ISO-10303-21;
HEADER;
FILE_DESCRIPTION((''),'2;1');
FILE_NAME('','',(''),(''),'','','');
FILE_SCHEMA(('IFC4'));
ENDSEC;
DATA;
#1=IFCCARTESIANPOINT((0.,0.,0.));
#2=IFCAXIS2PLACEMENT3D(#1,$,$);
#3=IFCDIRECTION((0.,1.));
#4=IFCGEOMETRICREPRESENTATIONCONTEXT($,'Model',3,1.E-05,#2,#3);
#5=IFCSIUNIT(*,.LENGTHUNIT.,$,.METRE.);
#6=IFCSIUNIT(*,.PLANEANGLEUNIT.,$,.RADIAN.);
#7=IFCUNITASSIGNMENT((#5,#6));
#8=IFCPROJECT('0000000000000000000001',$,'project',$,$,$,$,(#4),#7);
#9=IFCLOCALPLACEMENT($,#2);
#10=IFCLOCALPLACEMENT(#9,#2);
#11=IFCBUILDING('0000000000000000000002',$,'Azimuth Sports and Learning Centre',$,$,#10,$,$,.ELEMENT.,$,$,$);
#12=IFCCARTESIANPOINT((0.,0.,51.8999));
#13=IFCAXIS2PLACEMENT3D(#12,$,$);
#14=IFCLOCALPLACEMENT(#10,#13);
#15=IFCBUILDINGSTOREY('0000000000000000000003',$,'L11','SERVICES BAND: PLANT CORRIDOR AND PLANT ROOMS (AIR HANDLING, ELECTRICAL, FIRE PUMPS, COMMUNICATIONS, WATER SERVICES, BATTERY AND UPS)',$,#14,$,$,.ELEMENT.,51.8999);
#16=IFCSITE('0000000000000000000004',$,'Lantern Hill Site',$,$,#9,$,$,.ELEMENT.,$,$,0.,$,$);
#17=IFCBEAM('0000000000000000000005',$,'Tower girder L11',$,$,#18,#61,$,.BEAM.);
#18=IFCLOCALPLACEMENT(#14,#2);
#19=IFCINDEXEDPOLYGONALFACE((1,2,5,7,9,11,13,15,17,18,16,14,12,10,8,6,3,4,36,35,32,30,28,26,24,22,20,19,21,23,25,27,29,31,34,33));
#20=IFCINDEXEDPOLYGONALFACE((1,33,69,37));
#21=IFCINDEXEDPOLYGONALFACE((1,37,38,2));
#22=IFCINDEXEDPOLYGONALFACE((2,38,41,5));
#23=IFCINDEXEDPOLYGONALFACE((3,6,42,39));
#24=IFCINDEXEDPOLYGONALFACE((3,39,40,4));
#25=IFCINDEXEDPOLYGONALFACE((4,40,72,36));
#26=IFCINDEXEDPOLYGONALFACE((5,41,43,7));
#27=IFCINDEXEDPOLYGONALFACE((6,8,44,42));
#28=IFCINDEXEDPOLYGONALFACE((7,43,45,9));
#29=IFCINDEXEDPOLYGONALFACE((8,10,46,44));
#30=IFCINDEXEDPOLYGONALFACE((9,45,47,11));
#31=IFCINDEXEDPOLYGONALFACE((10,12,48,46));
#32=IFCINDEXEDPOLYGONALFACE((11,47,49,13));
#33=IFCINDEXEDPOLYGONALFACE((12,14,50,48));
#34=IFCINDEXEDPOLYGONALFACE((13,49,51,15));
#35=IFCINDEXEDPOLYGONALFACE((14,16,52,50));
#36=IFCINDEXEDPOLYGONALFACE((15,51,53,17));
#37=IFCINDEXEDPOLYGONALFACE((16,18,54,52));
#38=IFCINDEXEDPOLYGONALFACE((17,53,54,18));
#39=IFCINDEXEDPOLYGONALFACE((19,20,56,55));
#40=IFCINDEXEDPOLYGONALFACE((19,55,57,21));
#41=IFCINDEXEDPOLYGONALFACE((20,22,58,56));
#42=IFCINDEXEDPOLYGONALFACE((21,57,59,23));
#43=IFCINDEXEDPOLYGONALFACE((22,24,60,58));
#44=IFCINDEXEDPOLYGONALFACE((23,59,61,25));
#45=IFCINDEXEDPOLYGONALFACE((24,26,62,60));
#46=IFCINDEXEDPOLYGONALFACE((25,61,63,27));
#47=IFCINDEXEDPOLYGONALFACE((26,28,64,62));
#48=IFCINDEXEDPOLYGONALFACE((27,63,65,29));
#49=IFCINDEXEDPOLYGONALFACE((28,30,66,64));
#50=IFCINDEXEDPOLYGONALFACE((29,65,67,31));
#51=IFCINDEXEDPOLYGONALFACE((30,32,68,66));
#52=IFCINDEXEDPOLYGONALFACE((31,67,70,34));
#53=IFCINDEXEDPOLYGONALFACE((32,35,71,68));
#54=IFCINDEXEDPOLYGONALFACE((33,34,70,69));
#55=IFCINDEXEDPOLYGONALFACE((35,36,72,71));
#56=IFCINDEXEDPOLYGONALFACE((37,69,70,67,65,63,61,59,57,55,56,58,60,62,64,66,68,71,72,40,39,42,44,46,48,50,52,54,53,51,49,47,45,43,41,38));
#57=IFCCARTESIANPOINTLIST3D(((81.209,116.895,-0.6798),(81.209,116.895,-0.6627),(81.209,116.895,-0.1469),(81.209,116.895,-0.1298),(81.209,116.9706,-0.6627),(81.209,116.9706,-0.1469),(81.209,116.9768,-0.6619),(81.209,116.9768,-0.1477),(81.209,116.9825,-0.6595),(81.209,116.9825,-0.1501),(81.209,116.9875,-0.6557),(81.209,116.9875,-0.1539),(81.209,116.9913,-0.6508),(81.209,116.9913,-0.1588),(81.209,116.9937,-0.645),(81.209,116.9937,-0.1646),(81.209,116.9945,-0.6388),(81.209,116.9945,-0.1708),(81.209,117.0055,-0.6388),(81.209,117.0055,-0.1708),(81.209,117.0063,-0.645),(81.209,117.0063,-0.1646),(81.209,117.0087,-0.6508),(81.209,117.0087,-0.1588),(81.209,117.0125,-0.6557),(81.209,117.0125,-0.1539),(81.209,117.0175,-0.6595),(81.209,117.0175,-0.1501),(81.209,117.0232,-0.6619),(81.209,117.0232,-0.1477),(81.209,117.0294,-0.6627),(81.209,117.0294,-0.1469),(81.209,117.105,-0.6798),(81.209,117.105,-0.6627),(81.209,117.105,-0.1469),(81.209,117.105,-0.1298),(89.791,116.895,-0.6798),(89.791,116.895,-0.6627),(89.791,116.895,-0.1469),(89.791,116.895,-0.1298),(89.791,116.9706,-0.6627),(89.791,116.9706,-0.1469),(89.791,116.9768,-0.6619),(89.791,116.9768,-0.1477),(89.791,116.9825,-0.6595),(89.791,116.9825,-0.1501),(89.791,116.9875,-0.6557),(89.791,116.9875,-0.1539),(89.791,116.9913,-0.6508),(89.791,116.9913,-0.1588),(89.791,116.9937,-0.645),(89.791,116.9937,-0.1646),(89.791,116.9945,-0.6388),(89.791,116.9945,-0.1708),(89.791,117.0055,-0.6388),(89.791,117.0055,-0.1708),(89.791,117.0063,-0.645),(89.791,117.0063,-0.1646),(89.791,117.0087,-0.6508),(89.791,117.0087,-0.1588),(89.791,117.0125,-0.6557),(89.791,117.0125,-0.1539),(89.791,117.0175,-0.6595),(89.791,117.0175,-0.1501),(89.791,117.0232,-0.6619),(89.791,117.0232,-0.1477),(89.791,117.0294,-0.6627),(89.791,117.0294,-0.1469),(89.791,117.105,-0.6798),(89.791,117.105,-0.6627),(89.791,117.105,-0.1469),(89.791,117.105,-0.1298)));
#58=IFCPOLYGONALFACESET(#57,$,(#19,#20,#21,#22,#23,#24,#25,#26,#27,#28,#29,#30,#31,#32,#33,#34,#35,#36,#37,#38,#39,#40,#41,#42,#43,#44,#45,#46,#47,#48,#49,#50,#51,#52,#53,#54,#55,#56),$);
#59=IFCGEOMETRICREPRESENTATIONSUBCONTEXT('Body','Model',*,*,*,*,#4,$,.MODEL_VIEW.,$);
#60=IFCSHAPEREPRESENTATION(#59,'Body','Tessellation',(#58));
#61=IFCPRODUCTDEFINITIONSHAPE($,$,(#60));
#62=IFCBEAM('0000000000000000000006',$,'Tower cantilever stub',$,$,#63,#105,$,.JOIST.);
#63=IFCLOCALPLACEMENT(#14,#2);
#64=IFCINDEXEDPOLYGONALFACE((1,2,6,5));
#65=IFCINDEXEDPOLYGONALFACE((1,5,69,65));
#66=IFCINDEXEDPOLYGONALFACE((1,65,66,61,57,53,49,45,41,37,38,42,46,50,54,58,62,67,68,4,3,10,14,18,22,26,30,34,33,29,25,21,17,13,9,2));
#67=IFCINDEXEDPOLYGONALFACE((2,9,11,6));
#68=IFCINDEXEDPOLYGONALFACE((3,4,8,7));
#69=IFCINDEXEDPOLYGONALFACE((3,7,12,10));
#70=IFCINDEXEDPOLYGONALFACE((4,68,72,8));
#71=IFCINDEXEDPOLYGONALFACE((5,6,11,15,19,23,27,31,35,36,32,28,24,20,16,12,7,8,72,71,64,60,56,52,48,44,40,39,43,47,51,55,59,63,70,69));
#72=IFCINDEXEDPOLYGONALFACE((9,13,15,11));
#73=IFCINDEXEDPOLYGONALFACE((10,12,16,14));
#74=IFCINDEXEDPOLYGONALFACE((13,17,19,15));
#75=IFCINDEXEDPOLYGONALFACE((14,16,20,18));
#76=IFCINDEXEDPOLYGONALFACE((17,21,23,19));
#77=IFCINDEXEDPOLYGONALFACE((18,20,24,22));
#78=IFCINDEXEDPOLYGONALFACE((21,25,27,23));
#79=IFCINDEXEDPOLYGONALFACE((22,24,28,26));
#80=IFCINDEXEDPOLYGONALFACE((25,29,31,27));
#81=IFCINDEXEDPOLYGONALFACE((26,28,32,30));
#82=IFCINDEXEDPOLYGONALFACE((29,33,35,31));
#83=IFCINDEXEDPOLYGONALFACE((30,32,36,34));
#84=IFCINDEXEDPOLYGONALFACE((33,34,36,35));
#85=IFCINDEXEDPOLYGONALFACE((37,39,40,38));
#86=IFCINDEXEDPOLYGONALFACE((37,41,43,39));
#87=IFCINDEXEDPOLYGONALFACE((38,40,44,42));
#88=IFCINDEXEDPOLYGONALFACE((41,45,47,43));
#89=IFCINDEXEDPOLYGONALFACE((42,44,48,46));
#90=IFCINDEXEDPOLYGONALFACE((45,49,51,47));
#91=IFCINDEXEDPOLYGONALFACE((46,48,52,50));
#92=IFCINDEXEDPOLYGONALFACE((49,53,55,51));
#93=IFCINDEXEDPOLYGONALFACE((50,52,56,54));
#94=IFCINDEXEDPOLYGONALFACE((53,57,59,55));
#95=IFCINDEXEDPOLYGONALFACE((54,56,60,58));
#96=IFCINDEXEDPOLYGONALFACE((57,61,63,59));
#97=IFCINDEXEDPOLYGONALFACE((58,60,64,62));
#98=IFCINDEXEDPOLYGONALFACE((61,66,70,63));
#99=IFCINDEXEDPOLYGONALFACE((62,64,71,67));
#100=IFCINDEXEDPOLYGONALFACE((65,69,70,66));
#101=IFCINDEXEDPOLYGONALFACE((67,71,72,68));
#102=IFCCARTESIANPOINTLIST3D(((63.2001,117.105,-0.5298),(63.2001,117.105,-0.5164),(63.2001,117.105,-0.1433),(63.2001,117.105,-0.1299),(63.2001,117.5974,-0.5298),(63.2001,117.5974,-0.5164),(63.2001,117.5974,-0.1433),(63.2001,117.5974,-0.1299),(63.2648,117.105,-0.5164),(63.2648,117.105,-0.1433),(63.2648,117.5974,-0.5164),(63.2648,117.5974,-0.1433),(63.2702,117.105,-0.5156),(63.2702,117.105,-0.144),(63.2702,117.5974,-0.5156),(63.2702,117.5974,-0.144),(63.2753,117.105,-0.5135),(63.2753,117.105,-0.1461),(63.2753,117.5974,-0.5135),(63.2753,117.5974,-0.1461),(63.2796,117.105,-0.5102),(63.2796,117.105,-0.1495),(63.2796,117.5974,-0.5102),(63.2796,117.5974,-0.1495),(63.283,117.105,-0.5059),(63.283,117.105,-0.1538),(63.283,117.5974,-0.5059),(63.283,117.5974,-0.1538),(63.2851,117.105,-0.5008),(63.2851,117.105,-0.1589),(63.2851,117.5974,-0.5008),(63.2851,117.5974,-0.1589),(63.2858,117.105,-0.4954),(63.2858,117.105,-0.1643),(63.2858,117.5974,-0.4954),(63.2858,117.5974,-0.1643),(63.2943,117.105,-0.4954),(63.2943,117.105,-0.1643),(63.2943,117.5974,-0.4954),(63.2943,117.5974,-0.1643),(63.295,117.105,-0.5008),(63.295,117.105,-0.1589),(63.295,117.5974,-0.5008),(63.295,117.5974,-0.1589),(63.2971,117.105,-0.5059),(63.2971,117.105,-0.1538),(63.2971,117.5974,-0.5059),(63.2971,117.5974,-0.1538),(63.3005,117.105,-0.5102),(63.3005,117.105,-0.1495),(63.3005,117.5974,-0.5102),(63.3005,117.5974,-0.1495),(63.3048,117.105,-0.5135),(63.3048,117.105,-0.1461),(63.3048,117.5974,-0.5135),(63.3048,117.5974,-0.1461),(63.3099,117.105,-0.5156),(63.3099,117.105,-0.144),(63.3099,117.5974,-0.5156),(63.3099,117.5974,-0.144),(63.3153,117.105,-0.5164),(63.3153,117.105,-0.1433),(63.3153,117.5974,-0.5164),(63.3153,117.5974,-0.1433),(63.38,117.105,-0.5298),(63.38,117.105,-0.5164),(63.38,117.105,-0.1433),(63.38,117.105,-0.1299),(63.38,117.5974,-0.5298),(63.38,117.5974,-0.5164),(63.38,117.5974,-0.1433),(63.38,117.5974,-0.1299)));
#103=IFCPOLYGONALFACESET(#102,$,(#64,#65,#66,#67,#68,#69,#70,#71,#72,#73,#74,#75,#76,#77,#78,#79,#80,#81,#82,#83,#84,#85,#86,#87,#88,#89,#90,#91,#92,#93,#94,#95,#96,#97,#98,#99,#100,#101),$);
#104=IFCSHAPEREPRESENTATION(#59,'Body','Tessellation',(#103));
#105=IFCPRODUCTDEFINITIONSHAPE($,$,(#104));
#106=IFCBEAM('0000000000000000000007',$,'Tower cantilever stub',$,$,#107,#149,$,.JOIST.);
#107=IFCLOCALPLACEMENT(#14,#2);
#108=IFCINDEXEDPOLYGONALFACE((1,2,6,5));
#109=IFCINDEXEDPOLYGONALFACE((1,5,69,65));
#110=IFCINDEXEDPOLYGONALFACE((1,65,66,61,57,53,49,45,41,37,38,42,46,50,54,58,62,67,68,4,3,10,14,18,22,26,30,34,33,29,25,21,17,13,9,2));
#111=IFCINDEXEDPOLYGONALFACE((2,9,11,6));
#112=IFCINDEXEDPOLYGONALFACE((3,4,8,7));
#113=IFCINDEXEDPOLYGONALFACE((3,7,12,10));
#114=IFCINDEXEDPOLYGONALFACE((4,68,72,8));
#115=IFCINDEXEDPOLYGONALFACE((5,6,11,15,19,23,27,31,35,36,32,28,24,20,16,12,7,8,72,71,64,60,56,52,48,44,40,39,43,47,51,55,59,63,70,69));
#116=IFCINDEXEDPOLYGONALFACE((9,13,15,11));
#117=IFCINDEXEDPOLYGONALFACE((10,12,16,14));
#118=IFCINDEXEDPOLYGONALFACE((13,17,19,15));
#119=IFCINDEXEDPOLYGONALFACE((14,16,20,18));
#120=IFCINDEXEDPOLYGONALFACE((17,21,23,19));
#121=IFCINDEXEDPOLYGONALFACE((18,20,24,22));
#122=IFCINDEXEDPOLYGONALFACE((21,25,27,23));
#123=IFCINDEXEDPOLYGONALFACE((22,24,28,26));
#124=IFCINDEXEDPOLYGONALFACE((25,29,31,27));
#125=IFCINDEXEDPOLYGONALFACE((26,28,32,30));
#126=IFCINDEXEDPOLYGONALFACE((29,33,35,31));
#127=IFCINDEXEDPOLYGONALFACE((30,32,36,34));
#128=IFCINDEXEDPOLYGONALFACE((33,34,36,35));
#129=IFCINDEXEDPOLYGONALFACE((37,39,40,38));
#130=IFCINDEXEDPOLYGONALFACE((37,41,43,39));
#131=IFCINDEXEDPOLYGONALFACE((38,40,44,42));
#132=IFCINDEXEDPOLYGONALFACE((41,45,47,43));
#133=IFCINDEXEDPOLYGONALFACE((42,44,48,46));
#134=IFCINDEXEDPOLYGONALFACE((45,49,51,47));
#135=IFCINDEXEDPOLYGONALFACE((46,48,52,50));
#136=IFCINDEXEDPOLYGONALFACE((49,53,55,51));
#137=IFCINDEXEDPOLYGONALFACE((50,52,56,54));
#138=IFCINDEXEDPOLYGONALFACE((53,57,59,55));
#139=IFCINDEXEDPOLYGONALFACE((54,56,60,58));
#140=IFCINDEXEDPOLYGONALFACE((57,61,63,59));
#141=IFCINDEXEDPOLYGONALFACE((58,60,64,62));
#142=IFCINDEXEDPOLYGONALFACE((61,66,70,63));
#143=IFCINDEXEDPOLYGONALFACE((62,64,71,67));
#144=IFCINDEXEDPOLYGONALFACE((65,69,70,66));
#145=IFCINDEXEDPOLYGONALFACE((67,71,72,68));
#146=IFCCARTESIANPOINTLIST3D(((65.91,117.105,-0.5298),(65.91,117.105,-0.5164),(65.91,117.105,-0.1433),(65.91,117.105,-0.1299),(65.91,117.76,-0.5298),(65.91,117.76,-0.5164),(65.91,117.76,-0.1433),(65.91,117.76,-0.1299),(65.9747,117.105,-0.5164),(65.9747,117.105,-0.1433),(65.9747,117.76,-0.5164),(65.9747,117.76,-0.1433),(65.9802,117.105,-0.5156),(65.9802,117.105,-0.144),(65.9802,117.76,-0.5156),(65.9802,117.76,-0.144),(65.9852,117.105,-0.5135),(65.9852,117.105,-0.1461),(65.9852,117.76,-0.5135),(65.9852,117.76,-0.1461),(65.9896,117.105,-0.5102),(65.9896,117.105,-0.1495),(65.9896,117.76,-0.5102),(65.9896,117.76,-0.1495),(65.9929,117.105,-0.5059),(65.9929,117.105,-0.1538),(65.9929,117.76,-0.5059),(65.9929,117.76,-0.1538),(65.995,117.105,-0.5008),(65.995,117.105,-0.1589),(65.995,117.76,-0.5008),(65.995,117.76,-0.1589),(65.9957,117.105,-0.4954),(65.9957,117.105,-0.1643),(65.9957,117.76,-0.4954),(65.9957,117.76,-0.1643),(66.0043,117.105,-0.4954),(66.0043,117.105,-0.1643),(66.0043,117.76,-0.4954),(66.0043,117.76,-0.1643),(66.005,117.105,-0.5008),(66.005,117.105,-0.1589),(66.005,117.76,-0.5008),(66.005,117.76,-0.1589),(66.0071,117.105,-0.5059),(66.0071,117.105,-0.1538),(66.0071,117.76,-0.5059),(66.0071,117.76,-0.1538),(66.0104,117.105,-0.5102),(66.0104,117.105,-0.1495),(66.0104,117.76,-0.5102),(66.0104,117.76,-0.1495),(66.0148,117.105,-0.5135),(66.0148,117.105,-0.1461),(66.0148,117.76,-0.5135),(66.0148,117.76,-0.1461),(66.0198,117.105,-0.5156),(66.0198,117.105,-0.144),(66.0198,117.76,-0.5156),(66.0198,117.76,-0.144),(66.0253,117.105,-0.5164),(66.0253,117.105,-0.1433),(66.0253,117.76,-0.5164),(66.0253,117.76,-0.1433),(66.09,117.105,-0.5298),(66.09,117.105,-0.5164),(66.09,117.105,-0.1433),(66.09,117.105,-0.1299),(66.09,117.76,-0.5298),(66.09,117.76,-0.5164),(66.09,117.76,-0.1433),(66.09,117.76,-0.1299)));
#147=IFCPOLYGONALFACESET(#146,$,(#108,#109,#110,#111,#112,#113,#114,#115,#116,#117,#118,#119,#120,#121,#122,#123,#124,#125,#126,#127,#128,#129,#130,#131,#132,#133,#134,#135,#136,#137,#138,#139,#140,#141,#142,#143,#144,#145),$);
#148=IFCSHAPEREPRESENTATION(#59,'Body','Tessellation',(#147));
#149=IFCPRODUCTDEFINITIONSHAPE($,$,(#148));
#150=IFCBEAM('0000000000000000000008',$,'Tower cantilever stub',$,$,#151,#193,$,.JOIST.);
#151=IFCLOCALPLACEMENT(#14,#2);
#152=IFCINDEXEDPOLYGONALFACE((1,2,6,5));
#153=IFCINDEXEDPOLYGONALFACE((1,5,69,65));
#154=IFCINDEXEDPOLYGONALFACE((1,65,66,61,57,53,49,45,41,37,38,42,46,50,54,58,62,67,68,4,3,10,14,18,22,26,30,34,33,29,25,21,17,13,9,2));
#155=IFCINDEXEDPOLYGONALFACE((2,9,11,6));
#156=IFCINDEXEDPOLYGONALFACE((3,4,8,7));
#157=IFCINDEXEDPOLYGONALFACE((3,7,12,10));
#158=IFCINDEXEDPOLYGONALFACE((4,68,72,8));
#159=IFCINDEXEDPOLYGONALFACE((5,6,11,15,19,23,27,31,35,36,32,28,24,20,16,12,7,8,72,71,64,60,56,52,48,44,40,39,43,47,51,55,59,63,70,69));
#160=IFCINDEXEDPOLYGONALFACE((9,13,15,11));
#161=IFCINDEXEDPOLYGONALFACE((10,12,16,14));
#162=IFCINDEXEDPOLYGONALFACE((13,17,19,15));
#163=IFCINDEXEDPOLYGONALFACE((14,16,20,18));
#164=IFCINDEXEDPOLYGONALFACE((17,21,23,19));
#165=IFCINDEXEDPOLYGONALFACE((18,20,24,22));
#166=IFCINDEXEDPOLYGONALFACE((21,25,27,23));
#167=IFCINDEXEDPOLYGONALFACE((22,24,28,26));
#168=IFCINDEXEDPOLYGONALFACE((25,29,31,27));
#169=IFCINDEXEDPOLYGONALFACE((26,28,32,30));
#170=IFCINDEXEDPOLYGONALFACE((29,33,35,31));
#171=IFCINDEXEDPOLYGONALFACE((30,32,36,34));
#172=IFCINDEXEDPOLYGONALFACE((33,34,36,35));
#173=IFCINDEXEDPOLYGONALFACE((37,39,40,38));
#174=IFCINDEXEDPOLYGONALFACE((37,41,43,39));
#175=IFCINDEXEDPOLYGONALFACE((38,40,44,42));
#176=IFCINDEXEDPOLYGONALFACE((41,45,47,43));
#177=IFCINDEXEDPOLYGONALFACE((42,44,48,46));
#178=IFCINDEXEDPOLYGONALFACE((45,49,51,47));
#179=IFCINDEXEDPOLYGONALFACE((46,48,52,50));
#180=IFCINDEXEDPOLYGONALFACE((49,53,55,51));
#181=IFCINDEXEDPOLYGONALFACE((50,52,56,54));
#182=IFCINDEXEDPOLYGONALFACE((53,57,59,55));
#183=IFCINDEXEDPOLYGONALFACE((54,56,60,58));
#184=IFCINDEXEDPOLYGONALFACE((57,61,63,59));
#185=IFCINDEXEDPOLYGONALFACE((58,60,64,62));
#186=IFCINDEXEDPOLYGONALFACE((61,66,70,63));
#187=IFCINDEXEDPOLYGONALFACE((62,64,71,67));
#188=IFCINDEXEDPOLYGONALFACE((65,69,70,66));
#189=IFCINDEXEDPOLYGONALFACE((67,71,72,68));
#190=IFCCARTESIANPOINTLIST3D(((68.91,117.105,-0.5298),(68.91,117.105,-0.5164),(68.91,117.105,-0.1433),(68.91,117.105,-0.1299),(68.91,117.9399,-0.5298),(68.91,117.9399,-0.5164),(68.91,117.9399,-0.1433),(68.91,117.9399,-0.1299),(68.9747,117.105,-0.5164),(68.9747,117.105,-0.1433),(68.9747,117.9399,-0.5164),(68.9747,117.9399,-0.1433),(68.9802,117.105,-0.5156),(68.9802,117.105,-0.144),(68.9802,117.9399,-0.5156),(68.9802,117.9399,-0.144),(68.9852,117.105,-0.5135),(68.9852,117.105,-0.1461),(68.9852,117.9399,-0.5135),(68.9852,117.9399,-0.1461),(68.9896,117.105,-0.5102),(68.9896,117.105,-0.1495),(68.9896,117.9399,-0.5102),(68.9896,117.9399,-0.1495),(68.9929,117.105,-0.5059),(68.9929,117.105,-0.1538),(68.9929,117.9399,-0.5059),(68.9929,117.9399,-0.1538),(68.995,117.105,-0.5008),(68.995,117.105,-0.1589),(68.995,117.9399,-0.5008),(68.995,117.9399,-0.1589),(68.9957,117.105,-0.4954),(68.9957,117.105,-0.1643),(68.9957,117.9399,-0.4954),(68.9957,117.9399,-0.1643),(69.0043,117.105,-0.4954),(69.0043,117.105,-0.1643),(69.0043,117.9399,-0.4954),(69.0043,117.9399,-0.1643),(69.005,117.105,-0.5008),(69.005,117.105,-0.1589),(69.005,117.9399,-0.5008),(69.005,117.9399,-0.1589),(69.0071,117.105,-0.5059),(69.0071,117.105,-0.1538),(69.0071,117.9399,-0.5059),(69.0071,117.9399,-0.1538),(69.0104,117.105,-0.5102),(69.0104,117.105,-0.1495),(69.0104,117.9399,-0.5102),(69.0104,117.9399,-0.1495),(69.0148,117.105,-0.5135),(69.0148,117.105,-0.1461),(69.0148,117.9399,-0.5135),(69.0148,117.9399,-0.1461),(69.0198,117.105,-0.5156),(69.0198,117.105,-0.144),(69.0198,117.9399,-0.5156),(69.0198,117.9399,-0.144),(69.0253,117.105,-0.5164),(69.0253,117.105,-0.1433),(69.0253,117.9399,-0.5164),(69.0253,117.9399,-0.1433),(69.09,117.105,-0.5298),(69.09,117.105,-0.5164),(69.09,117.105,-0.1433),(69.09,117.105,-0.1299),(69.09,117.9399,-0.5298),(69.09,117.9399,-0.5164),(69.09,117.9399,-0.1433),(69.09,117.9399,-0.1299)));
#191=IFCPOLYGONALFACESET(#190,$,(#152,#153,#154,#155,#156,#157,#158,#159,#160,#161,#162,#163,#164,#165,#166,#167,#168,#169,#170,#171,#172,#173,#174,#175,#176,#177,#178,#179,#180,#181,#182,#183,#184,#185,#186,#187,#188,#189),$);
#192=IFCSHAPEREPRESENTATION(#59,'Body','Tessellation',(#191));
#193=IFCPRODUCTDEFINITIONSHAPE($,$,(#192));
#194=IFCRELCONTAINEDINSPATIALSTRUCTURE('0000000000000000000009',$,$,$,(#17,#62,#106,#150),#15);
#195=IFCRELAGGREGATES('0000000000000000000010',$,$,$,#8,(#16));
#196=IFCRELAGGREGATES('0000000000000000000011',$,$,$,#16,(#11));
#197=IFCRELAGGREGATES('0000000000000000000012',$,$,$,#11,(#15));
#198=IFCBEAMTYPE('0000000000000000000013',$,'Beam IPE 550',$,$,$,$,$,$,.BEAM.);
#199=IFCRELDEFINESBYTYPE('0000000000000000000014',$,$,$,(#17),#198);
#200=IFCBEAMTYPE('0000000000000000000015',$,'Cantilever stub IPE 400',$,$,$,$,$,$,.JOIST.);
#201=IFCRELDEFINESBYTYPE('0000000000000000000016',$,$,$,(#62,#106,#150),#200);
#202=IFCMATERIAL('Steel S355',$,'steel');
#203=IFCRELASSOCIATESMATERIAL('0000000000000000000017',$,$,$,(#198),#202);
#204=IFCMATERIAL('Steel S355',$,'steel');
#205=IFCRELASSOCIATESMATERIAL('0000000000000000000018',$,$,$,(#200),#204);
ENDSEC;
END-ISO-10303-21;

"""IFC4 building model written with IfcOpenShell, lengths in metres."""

from ifc_helpers import new_model, si_unit, direction, frame, origin, origin_2d, place, context, subcontext, project, spatial, i_section, extrude, material, material_profile, profile_set, type_object, element, save


model = new_model("IFC4")

# Units and contexts
model_context = context("Model", 3, precision=1e-05, world=origin(), true_north=direction((0.0, 1.0)))
body_context = subcontext(model_context, "Body", "Model", "MODEL_VIEW")
ifc_project = project(units=[si_unit("LENGTHUNIT", "METRE"), si_unit("PLANEANGLEUNIT", "RADIAN")], contexts=[model_context])

# Site, building, storey
site_placement = place(None, origin())
site = spatial("IfcSite", under=ifc_project, at=site_placement, Name="Lantern Hill Site", CompositionType="ELEMENT", RefElevation=0.0)
building_placement = place(site_placement, origin())
building = spatial("IfcBuilding", under=site, at=building_placement, Name="Azimuth Sports and Learning Centre", CompositionType="ELEMENT")
storey_placement = place(building_placement, frame((0.0, 0.0, 51.8999)))
storey = spatial("IfcBuildingStorey", under=building, at=storey_placement, Name="L11", Description="SERVICES BAND: PLANT CORRIDOR AND PLANT ROOMS (AIR HANDLING, ELECTRICAL, FIRE PUMPS, COMMUNICATIONS, WATER SERVICES, BATTERY AND UPS)", CompositionType="ELEMENT", Elevation=51.8999)

# Beams
ifc_material_1 = material(Name="Steel S355", Category="steel")
ifc_material_profile_1 = material_profile(ifc_material_1, i_section(OverallWidth=0.21, OverallDepth=0.55, WebThickness=0.011, FlangeThickness=0.0171, FilletRadius=0.0239, at=origin_2d()), Name="IPE 550")
ifc_profile_set_1 = profile_set([ifc_material_profile_1], Name="Steel S355")
beam_type_1 = type_object("IfcBeamType", Name="Beam IPE 550", PredefinedType="BEAM", material=ifc_profile_set_1)
for number, where, z_axis, x_axis, name in (
    (1, (81.209, 117.0, -0.4048), (1.0, 0.0, 0.0), (0.0, 1.0, 0.0), "Tower girder L11"),
):
    element("IfcBeam", number, at=place(storey_placement, frame(where, z_axis=z_axis, x_axis=x_axis)), inside=storey, type_object=beam_type_1, Name=name, PredefinedType="BEAM", context=body_context, shape_type="SweptSolid", body=[
        extrude(i_section(OverallWidth=0.21, OverallDepth=0.55, WebThickness=0.011, FlangeThickness=0.0171, FilletRadius=0.0239, at=origin_2d()), origin(), (0.0, 0.0, 1.0), 8.582),
    ])
ifc_material_2 = material(Name="Steel S355", Category="steel")
ifc_material_profile_2 = material_profile(ifc_material_2, i_section(OverallWidth=0.1799, OverallDepth=0.3999, WebThickness=0.0085, FlangeThickness=0.0134, FilletRadius=0.021, at=origin_2d()), Name="IPE 400")
ifc_profile_set_2 = profile_set([ifc_material_profile_2], Name="Steel S355")
beam_type_2 = type_object("IfcBeamType", Name="Cantilever stub IPE 400", PredefinedType="JOIST", material=ifc_profile_set_2)
beam_1_placement = place(storey_placement, frame((63.29, 117.105, -0.3298), z_axis=(0.0, 1.0, 0.0), x_axis=(-1.0, 0.0, 0.0)))
element("IfcBeam", 2, at=beam_1_placement, inside=storey, type_object=beam_type_2, Name="Tower cantilever stub", PredefinedType="JOIST", context=body_context, shape_type="SweptSolid", body=[
    extrude(i_section(OverallWidth=0.1799, OverallDepth=0.3999, WebThickness=0.0085, FlangeThickness=0.0134, FilletRadius=0.021, at=origin_2d()), origin(), (0.0, 0.0, 1.0), 0.4924),
])
beam_2_placement = place(storey_placement, frame((66.0, 117.105, -0.3298), z_axis=(0.0, 1.0, 0.0), x_axis=(-1.0, 0.0, 0.0)))
element("IfcBeam", 3, at=beam_2_placement, inside=storey, type_object=beam_type_2, Name="Tower cantilever stub", PredefinedType="JOIST", context=body_context, shape_type="SweptSolid", body=[
    extrude(i_section(OverallWidth=0.1799, OverallDepth=0.3999, WebThickness=0.0085, FlangeThickness=0.0134, FilletRadius=0.021, at=origin_2d()), origin(), (0.0, 0.0, 1.0), 0.655),
])
beam_3_placement = place(storey_placement, frame((69.0, 117.105, -0.3298), z_axis=(0.0, 1.0, 0.0), x_axis=(-1.0, 0.0, 0.0)))
element("IfcBeam", 4, at=beam_3_placement, inside=storey, type_object=beam_type_2, Name="Tower cantilever stub", PredefinedType="JOIST", context=body_context, shape_type="SweptSolid", body=[
    extrude(i_section(OverallWidth=0.1799, OverallDepth=0.3999, WebThickness=0.0085, FlangeThickness=0.0134, FilletRadius=0.021, at=origin_2d()), origin(), (0.0, 0.0, 1.0), 0.835),
])

save(model, "model.ifc")
